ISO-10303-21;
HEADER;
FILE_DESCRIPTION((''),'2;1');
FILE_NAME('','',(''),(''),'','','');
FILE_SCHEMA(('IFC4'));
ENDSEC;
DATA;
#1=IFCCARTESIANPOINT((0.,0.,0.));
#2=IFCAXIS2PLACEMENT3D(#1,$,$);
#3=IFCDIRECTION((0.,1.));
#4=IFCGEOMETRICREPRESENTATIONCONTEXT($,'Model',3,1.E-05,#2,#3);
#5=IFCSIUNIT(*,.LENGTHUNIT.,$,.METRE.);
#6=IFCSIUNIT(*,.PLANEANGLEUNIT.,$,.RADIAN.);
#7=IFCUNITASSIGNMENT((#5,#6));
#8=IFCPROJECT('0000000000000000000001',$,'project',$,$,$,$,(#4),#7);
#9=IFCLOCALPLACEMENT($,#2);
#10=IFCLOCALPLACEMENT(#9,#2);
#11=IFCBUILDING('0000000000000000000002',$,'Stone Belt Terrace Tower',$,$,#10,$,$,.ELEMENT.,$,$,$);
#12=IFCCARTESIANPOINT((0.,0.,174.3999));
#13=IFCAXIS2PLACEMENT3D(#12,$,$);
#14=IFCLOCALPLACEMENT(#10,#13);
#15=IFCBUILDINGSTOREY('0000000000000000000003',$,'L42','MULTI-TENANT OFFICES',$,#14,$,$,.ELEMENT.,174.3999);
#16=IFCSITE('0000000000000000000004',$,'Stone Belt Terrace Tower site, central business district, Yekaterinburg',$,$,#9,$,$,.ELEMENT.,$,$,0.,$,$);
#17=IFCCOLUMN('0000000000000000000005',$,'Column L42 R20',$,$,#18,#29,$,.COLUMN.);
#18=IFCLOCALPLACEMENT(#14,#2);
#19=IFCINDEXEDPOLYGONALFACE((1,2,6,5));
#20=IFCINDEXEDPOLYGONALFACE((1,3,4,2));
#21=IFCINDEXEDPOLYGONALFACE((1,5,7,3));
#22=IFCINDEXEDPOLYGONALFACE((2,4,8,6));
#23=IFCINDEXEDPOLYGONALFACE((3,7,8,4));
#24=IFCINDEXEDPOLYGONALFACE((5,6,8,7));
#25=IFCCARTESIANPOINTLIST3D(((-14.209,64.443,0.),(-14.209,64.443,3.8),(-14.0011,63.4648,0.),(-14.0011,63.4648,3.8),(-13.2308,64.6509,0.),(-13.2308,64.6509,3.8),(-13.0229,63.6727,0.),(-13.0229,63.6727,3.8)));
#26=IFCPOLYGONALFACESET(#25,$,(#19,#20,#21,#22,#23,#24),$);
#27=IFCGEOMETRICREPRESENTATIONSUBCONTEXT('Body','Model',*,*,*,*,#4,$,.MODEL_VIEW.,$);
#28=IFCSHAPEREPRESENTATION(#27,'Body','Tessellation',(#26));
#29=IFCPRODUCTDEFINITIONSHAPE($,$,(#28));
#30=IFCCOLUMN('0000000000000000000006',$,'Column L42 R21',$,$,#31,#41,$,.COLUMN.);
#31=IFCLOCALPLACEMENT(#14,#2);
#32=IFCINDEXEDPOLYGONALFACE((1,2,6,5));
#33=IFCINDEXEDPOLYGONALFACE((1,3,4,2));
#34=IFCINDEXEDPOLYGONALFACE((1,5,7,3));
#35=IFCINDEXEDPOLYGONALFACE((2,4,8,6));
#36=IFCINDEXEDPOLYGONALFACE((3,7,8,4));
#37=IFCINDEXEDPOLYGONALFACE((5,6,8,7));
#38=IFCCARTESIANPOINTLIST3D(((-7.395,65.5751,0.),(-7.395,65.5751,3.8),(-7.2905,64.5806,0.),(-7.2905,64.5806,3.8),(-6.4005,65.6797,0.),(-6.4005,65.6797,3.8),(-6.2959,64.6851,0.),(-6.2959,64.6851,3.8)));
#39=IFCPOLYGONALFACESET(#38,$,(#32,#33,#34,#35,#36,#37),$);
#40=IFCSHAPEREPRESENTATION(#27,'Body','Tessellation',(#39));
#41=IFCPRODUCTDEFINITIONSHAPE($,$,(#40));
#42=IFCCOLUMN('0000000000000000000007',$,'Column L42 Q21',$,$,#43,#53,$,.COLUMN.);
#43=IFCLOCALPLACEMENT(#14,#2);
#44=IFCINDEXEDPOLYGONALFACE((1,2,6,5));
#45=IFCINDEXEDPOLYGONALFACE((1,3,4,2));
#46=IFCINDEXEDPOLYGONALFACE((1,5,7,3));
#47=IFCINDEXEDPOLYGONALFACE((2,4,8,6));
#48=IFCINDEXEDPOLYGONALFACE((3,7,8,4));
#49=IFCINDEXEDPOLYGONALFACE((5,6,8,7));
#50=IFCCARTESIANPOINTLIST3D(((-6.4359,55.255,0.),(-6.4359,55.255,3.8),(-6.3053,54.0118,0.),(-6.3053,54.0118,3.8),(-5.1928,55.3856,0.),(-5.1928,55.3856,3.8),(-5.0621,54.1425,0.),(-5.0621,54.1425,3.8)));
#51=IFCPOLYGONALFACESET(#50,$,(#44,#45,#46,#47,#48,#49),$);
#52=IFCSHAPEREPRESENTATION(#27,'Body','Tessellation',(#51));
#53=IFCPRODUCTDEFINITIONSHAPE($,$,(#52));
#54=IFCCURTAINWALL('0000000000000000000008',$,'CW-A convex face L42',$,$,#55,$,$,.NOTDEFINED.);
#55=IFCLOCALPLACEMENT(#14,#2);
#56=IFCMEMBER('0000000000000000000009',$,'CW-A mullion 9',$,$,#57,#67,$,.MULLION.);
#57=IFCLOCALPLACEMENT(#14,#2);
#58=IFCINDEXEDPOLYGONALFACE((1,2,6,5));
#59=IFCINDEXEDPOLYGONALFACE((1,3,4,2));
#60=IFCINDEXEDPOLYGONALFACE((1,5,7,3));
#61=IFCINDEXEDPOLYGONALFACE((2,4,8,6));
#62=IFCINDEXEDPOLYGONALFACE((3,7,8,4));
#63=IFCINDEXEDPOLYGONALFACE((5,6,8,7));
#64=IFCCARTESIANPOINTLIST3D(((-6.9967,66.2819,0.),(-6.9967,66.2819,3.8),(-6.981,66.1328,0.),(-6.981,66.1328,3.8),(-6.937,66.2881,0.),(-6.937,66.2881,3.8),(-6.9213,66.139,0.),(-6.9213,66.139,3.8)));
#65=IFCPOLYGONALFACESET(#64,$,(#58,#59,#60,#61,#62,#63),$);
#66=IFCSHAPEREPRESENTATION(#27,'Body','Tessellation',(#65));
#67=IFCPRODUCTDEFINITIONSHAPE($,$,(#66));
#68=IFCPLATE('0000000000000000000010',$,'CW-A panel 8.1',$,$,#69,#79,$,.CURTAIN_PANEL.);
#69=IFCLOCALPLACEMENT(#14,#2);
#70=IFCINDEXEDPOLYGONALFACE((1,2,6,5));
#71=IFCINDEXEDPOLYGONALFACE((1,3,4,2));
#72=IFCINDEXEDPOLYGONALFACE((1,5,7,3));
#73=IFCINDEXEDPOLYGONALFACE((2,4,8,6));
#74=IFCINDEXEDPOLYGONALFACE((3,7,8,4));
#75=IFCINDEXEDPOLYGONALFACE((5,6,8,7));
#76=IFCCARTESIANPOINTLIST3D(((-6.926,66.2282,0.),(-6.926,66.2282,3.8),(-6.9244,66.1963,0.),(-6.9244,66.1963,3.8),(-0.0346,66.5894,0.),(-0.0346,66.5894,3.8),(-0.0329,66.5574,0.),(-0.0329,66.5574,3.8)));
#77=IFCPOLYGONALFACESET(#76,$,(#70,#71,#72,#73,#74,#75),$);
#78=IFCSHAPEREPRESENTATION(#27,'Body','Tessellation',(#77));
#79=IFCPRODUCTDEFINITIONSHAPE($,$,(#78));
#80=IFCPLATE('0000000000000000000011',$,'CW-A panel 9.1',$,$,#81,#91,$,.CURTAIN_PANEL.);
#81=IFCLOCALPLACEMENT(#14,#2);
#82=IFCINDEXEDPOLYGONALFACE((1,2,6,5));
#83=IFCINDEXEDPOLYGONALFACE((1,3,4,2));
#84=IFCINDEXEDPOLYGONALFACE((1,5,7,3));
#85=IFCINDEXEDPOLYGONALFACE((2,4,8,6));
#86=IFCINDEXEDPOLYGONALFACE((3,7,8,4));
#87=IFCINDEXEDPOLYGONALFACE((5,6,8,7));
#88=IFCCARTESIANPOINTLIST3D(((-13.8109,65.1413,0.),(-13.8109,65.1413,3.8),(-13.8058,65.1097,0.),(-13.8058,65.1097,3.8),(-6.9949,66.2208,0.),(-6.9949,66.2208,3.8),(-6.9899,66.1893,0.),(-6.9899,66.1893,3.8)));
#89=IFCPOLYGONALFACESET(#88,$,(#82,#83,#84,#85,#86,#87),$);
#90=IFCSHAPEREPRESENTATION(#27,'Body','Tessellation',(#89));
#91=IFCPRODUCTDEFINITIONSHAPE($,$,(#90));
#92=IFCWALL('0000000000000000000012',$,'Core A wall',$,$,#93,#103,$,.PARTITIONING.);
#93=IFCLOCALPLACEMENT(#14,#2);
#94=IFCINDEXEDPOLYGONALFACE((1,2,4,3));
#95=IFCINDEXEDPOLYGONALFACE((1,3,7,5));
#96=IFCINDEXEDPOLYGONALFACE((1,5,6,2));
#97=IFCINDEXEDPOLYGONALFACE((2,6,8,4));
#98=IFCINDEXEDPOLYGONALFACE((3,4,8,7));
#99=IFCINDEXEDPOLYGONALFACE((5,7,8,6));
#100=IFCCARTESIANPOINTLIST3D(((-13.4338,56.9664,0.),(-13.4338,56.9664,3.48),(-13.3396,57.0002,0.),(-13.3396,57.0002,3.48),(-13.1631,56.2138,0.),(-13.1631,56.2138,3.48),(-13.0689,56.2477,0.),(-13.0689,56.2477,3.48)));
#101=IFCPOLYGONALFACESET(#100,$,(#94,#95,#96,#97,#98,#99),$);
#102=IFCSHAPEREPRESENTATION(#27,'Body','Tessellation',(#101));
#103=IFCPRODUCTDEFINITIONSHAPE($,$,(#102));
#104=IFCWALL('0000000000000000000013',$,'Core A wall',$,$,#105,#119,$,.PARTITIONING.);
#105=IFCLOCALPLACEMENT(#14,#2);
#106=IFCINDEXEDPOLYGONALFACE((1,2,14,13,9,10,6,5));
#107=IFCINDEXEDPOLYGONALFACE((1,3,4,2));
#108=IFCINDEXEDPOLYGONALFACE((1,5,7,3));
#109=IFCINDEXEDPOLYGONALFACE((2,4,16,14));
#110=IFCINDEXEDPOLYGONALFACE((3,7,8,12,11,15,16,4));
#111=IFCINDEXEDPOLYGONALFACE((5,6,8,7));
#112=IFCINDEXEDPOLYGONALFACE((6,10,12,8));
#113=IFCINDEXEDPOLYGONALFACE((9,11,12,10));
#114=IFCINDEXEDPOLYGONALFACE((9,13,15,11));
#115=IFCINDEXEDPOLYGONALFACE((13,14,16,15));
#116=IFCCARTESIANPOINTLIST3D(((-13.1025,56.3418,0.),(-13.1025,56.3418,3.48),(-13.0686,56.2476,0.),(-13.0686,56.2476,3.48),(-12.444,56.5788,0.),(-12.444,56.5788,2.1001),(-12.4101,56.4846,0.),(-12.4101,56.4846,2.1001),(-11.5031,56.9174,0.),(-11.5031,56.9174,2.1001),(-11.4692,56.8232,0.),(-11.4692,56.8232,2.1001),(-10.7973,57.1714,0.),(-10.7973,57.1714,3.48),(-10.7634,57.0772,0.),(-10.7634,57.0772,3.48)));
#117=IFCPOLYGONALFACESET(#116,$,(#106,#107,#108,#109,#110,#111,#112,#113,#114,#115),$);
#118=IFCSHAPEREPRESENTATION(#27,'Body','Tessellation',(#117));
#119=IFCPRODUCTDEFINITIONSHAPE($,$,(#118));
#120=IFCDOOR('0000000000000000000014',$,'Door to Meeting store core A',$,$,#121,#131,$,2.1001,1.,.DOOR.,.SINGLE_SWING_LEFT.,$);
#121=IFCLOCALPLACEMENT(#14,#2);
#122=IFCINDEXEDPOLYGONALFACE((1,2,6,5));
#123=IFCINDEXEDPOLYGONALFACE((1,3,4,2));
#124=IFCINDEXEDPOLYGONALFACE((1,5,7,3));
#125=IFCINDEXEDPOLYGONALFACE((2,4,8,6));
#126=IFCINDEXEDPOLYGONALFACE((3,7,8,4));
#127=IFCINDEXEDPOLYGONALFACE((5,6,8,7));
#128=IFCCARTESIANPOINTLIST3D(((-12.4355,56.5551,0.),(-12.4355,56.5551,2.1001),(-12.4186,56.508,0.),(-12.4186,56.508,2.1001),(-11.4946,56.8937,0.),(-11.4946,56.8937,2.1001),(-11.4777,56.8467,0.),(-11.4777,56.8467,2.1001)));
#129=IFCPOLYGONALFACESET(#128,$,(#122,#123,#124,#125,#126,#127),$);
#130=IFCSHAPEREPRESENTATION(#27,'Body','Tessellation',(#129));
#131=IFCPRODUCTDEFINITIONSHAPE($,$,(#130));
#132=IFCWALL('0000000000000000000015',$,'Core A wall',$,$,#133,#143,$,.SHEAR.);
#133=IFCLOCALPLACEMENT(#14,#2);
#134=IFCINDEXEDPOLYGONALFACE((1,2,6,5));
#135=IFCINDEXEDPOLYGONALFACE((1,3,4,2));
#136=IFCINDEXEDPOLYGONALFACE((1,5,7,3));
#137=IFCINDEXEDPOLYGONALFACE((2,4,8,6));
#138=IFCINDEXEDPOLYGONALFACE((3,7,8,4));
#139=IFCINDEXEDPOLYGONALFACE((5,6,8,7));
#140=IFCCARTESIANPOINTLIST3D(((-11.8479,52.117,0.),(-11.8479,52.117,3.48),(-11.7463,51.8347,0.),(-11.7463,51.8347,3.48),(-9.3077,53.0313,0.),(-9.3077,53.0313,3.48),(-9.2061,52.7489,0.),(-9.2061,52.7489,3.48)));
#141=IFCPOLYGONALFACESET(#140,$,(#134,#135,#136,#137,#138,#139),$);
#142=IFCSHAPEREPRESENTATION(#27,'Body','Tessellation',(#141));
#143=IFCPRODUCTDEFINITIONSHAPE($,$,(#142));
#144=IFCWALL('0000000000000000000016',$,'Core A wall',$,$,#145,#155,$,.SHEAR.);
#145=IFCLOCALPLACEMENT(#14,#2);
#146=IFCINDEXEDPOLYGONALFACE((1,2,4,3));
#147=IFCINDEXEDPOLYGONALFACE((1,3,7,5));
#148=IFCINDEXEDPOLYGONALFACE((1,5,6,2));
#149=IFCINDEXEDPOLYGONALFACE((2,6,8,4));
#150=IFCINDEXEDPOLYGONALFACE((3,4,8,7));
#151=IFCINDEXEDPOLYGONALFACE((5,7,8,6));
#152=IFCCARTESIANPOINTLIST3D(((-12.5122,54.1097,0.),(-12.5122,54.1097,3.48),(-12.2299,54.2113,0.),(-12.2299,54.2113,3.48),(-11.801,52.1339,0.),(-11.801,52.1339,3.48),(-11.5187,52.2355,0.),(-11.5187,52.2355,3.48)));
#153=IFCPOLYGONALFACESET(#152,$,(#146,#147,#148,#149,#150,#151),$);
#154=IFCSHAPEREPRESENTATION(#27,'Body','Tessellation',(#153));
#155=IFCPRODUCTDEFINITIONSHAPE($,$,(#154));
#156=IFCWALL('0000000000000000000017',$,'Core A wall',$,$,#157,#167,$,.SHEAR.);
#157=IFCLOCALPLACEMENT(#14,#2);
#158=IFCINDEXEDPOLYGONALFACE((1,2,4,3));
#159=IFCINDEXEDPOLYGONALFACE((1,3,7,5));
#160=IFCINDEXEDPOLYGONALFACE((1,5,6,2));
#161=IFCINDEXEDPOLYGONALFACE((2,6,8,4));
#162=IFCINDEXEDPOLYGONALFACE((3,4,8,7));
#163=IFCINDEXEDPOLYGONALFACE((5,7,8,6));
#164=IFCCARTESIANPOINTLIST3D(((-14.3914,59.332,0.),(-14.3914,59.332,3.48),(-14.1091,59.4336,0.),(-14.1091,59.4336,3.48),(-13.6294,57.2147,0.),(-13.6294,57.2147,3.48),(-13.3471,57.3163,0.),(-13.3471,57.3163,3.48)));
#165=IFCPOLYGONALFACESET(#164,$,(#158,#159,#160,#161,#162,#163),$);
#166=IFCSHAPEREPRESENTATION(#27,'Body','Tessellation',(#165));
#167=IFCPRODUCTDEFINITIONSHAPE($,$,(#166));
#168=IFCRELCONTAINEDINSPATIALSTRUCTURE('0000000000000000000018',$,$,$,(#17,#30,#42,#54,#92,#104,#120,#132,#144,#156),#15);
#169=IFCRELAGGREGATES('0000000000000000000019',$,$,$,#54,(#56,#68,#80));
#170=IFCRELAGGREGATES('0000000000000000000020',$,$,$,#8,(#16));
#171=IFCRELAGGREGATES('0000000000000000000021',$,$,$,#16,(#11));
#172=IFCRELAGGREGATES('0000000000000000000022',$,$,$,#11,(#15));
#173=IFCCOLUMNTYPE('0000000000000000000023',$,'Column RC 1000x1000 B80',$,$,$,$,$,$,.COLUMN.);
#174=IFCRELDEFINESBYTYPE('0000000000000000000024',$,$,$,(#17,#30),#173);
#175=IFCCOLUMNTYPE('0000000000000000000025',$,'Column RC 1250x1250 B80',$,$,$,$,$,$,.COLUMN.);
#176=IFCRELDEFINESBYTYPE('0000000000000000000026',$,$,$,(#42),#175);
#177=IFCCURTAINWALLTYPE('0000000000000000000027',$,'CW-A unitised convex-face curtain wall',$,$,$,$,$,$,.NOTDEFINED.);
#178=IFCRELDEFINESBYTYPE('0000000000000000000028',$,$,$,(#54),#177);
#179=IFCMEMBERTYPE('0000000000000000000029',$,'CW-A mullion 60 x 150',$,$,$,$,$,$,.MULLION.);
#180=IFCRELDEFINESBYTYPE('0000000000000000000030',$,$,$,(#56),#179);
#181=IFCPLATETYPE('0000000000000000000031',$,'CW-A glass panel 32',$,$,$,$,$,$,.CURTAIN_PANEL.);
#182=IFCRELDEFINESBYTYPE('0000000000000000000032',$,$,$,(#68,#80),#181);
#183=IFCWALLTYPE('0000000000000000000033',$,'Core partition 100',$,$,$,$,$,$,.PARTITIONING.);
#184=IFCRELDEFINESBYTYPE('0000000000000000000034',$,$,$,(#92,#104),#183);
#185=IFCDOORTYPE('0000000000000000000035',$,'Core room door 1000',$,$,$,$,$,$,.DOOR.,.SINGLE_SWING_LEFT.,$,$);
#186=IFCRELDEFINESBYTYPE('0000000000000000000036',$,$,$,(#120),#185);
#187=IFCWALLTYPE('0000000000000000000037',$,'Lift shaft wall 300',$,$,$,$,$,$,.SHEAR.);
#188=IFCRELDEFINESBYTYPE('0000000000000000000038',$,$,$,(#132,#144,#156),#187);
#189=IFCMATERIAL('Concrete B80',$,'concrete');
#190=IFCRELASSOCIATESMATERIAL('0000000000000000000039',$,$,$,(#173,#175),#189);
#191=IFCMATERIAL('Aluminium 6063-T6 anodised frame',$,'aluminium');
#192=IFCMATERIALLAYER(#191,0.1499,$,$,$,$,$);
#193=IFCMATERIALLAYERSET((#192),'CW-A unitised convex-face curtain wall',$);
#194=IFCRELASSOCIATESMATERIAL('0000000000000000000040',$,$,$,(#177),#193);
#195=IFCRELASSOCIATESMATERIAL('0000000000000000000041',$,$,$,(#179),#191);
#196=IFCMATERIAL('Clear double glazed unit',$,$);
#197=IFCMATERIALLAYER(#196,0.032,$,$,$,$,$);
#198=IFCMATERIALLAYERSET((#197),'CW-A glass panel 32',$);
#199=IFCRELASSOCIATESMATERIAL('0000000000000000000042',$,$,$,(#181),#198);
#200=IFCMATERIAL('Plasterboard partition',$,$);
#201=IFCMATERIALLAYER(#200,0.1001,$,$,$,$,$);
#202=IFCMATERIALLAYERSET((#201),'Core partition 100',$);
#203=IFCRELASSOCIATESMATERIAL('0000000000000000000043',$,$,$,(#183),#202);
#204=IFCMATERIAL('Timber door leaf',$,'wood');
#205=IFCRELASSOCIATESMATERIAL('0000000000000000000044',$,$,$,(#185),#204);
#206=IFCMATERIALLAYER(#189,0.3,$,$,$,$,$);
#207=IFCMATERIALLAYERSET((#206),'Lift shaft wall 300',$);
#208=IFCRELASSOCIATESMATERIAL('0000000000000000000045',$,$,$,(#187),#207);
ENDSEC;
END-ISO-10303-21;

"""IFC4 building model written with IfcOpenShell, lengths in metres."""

from ifc_helpers import new_model, si_unit, direction, frame, frame_2d, origin, origin_2d, place, context, subcontext, project, spatial, rectangle, extrude, material, layer, layer_set, material_profile, profile_set, type_object, element, fill, aggregate, save


model = new_model("IFC4")

# Units and contexts
model_context = context("Model", 3, precision=1e-05, world=origin(), true_north=direction((0.0, 1.0)))
body_context = subcontext(model_context, "Body", "Model", "MODEL_VIEW")
ifc_project = project(units=[si_unit("LENGTHUNIT", "METRE"), si_unit("PLANEANGLEUNIT", "RADIAN")], contexts=[model_context])

# Site, building, storey
site_placement = place(None, origin())
site = spatial("IfcSite", under=ifc_project, at=site_placement, Name="Stone Belt Terrace Tower site, central business district, Yekaterinburg", CompositionType="ELEMENT", RefElevation=0.0)
building_placement = place(site_placement, origin())
building = spatial("IfcBuilding", under=site, at=building_placement, Name="Stone Belt Terrace Tower", CompositionType="ELEMENT")
storey_placement = place(building_placement, frame((0.0, 0.0, 174.3999)))
storey = spatial("IfcBuildingStorey", under=building, at=storey_placement, Name="L42", Description="MULTI-TENANT OFFICES", CompositionType="ELEMENT", Elevation=174.3999)

# Columns
ifc_material_1 = material(Name="Concrete B80", Category="concrete")
ifc_material_profile_1 = material_profile(ifc_material_1, rectangle(XDim=1.0, YDim=1.0, at=origin_2d()), Name="RC 1000x1000")
ifc_profile_set_1 = profile_set([ifc_material_profile_1], Name="Concrete B80")
column_type_1 = type_object("IfcColumnType", Name="Column RC 1000x1000 B80", PredefinedType="COLUMN", material=ifc_profile_set_1)
for number, where, z_axis, x_axis, name in (
    (1, (-13.616, 64.0579, 0.0), (0.0, 0.0, 1.0), (0.978148, 0.207912, 0.0), "Column L42 R20"),
    (2, (-6.8455, 65.1301, 0.0), (0.0, 0.0, 1.0), (0.994522, 0.104528, 0.0), "Column L42 R21"),
):
    element("IfcColumn", number, at=place(storey_placement, frame(where, z_axis=z_axis, x_axis=x_axis)), inside=storey, type_object=column_type_1, Name=name, PredefinedType="COLUMN", context=body_context, shape_type="SweptSolid", body=[
        extrude(rectangle(XDim=1.0, YDim=1.0, at=origin_2d()), origin(), (0.0, 0.0, 1.0), 3.8),
    ])
ifc_material_profile_2 = material_profile(ifc_material_1, rectangle(XDim=1.25, YDim=1.25, at=origin_2d()), Name="RC 1250x1250")
ifc_profile_set_2 = profile_set([ifc_material_profile_2], Name="Concrete B80")
column_type_2 = type_object("IfcColumnType", Name="Column RC 1250x1250 B80", PredefinedType="COLUMN", material=ifc_profile_set_2)
column_placement = place(storey_placement, frame((-5.749, 54.6987, 0.0), z_axis=(0.0, 0.0, 1.0), x_axis=(0.994522, 0.104528, 0.0)))
element("IfcColumn", 3, at=column_placement, inside=storey, type_object=column_type_2, Name="Column L42 Q21", PredefinedType="COLUMN", context=body_context, shape_type="SweptSolid", body=[
    extrude(rectangle(XDim=1.25, YDim=1.25, at=origin_2d()), origin(), (0.0, 0.0, 1.0), 3.8),
])

# Curtain wall, member, plates
ifc_material_2 = material(Name="Aluminium 6063-T6 anodised frame", Category="aluminium")
ifc_layer_1 = layer(ifc_material_2, 0.1499)
ifc_layer_set_1 = layer_set([ifc_layer_1], Name="CW-A unitised convex-face curtain wall")
curtain_wall_type = type_object("IfcCurtainWallType", Name="CW-A unitised convex-face curtain wall", PredefinedType="NOTDEFINED", material=ifc_layer_set_1)
curtain_wall_placement = place(storey_placement, origin())
curtain_wall = element("IfcCurtainWall", 4, at=curtain_wall_placement, inside=storey, type_object=curtain_wall_type, Name="CW-A convex face L42", PredefinedType="NOTDEFINED")
ifc_material_profile_3 = material_profile(ifc_material_2, rectangle(XDim=0.1499, YDim=0.0601, at=origin_2d()), Name="Aluminium 6063-T6 60x150")
ifc_profile_set_3 = profile_set([ifc_material_profile_3], Name="Aluminium 6063-T6 anodised frame")
member_type = type_object("IfcMemberType", Name="CW-A mullion 60 x 150", PredefinedType="MULLION", material=ifc_profile_set_3)
member_placement = place(storey_placement, frame((-6.959, 66.2104, 0.0), z_axis=(0.0, 0.0, 1.0), x_axis=(0.104528, -0.994522, 0.0)))
member = element("IfcMember", 5, at=member_placement, type_object=member_type, Name="CW-A mullion 9", PredefinedType="MULLION", context=body_context, shape_type="SweptSolid", body=[
    extrude(rectangle(XDim=0.1499, YDim=0.0601, at=origin_2d()), origin(), (0.0, 0.0, 1.0), 3.8),
])
ifc_material_3 = material(Name="Clear double glazed unit")
ifc_layer_2 = layer(ifc_material_3, 0.032)
ifc_layer_set_2 = layer_set([ifc_layer_2], Name="CW-A glass panel 32")
plate_type = type_object("IfcPlateType", Name="CW-A glass panel 32", PredefinedType="CURTAIN_PANEL", material=ifc_layer_set_2)
plate_1_placement = place(storey_placement, frame((-3.4795, 66.3928, 0.0), z_axis=(0.0, 0.0, 1.0), x_axis=(-0.99863, -0.052336, 0.0)))
plate_1 = element("IfcPlate", 6, at=plate_1_placement, type_object=plate_type, Name="CW-A panel 8.1", PredefinedType="CURTAIN_PANEL", context=body_context, shape_type="SweptSolid", body=[
    extrude(rectangle(XDim=6.9009, YDim=0.032, at=origin_2d()), origin(), (0.0, 0.0, 1.0), 3.8),
])
plate_2_placement = place(storey_placement, frame((-10.4004, 65.6653, 0.0), z_axis=(0.0, 0.0, 1.0), x_axis=(-0.987688, -0.156434, 0.0)))
plate_2 = element("IfcPlate", 7, at=plate_2_placement, type_object=plate_type, Name="CW-A panel 9.1", PredefinedType="CURTAIN_PANEL", context=body_context, shape_type="SweptSolid", body=[
    extrude(rectangle(XDim=6.9009, YDim=0.032, at=origin_2d()), origin(), (0.0, 0.0, 1.0), 3.8),
])
aggregate(curtain_wall, [member, plate_1, plate_2])

# Wall
ifc_material_4 = material(Name="Plasterboard partition")
ifc_layer_3 = layer(ifc_material_4, 0.1001)
ifc_layer_set_3 = layer_set([ifc_layer_3], Name="Core partition 100")
wall_type_1 = type_object("IfcWallType", Name="Core partition 100", PredefinedType="PARTITIONING", material=ifc_layer_set_3)
wall_1_placement = place(storey_placement, frame((-13.116, 56.2307, 0.0), z_axis=(0.0, 0.0, 1.0), x_axis=(-0.338482, 0.940973, 0.0)))
element("IfcWall", 8, at=wall_1_placement, inside=storey, type_object=wall_type_1, Name="Core A wall", PredefinedType="PARTITIONING", context=body_context, shape_type="SweptSolid", body=[
    extrude(rectangle(XDim=0.7998, YDim=0.1001, at=frame_2d((0.3999, 0.0))), origin(), (0.0, 0.0, 1.0), 3.48),
])

# Wall, opening, door
wall_2_placement = place(storey_placement, frame((-13.0857, 56.2947, 0.0), z_axis=(0.0, 0.0, 1.0), x_axis=(0.940923, 0.338621, 0.0)))
wall_2 = element("IfcWall", 9, at=wall_2_placement, inside=storey, type_object=wall_type_1, Name="Core A wall", PredefinedType="PARTITIONING", context=body_context, shape_type="SweptSolid", body=[
    extrude(rectangle(XDim=2.45, YDim=0.1001, at=frame_2d((1.2251, 0.0))), origin(), (0.0, 0.0, 1.0), 3.48),
])
opening_1_placement = place(wall_2_placement, frame((0.7, 0.0, 0.0)))
opening_1 = element("IfcOpeningElement", 10, at=opening_1_placement, cuts=wall_2, PredefinedType="OPENING", context=body_context, shape_type="SweptSolid", body=[
    extrude(rectangle(XDim=1.0, YDim=2.1001, at=frame_2d((0.5, 1.05))), frame((0.0, 0.0601, 0.0), z_axis=(0.0, -1.0, 0.0), x_axis=(1.0, 0.0, 0.0)), (0.0, 0.0, 1.0), 0.1201),
])
ifc_material_5 = material(Name="Timber door leaf", Category="wood")
door_type_1 = type_object("IfcDoorType", Name="Core room door 1000", OperationType="SINGLE_SWING_LEFT", PredefinedType="DOOR", material=ifc_material_5)
door_1_placement = place(opening_1_placement, origin())
door_1 = element("IfcDoor", 11, at=door_1_placement, inside=storey, type_object=door_type_1, Name="Door to Meeting store core A", OperationType="SINGLE_SWING_LEFT", OverallHeight=2.1001, OverallWidth=1.0, PredefinedType="DOOR", context=body_context, shape_type="SweptSolid", body=[
    extrude(rectangle(XDim=1.0, YDim=2.1001, at=frame_2d((0.5, 1.05))), frame((0.0, 0.0249, 0.0), z_axis=(0.0, -1.0, 0.0), x_axis=(1.0, 0.0, 0.0)), (0.0, 0.0, 1.0), 0.05),
])
fill(opening_1, door_1)

# Walls
ifc_layer_4 = layer(ifc_material_1, 0.3)
ifc_layer_set_4 = layer_set([ifc_layer_4], Name="Lift shaft wall 300")
wall_type_2 = type_object("IfcWallType", Name="Lift shaft wall 300", PredefinedType="SHEAR", material=ifc_layer_set_4)
wall_3_placement = place(storey_placement, frame((-11.7971, 51.9758, 0.0), z_axis=(0.0, 0.0, 1.0), x_axis=(0.94091, 0.338655, 0.0)))
element("IfcWall", 12, at=wall_3_placement, inside=storey, type_object=wall_type_2, Name="Core A wall", PredefinedType="SHEAR", context=body_context, shape_type="SweptSolid", body=[
    extrude(rectangle(XDim=2.6997, YDim=0.3, at=frame_2d((1.3499, 0.0))), origin(), (0.0, 0.0, 1.0), 3.48),
])
wall_4_placement = place(storey_placement, frame((-11.6599, 52.1848, 0.0), z_axis=(0.0, 0.0, 1.0), x_axis=(-0.33867, 0.940905, 0.0)))
element("IfcWall", 13, at=wall_4_placement, inside=storey, type_object=wall_type_2, Name="Core A wall", PredefinedType="SHEAR", context=body_context, shape_type="SweptSolid", body=[
    extrude(rectangle(XDim=2.0999, YDim=0.3, at=frame_2d((1.0498, 0.0))), origin(), (0.0, 0.0, 1.0), 3.48),
])
wall_5_placement = place(storey_placement, frame((-13.4883, 57.2656, 0.0), z_axis=(0.0, 0.0, 1.0), x_axis=(-0.338631, 0.940919, 0.0)))
element("IfcWall", 14, at=wall_5_placement, inside=storey, type_object=wall_type_2, Name="Core A wall", PredefinedType="SHEAR", context=body_context, shape_type="SweptSolid", body=[
    extrude(rectangle(XDim=2.2502, YDim=0.3, at=frame_2d((1.125, 0.0))), origin(), (0.0, 0.0, 1.0), 3.48),
])

save(model, "model.ifc")
